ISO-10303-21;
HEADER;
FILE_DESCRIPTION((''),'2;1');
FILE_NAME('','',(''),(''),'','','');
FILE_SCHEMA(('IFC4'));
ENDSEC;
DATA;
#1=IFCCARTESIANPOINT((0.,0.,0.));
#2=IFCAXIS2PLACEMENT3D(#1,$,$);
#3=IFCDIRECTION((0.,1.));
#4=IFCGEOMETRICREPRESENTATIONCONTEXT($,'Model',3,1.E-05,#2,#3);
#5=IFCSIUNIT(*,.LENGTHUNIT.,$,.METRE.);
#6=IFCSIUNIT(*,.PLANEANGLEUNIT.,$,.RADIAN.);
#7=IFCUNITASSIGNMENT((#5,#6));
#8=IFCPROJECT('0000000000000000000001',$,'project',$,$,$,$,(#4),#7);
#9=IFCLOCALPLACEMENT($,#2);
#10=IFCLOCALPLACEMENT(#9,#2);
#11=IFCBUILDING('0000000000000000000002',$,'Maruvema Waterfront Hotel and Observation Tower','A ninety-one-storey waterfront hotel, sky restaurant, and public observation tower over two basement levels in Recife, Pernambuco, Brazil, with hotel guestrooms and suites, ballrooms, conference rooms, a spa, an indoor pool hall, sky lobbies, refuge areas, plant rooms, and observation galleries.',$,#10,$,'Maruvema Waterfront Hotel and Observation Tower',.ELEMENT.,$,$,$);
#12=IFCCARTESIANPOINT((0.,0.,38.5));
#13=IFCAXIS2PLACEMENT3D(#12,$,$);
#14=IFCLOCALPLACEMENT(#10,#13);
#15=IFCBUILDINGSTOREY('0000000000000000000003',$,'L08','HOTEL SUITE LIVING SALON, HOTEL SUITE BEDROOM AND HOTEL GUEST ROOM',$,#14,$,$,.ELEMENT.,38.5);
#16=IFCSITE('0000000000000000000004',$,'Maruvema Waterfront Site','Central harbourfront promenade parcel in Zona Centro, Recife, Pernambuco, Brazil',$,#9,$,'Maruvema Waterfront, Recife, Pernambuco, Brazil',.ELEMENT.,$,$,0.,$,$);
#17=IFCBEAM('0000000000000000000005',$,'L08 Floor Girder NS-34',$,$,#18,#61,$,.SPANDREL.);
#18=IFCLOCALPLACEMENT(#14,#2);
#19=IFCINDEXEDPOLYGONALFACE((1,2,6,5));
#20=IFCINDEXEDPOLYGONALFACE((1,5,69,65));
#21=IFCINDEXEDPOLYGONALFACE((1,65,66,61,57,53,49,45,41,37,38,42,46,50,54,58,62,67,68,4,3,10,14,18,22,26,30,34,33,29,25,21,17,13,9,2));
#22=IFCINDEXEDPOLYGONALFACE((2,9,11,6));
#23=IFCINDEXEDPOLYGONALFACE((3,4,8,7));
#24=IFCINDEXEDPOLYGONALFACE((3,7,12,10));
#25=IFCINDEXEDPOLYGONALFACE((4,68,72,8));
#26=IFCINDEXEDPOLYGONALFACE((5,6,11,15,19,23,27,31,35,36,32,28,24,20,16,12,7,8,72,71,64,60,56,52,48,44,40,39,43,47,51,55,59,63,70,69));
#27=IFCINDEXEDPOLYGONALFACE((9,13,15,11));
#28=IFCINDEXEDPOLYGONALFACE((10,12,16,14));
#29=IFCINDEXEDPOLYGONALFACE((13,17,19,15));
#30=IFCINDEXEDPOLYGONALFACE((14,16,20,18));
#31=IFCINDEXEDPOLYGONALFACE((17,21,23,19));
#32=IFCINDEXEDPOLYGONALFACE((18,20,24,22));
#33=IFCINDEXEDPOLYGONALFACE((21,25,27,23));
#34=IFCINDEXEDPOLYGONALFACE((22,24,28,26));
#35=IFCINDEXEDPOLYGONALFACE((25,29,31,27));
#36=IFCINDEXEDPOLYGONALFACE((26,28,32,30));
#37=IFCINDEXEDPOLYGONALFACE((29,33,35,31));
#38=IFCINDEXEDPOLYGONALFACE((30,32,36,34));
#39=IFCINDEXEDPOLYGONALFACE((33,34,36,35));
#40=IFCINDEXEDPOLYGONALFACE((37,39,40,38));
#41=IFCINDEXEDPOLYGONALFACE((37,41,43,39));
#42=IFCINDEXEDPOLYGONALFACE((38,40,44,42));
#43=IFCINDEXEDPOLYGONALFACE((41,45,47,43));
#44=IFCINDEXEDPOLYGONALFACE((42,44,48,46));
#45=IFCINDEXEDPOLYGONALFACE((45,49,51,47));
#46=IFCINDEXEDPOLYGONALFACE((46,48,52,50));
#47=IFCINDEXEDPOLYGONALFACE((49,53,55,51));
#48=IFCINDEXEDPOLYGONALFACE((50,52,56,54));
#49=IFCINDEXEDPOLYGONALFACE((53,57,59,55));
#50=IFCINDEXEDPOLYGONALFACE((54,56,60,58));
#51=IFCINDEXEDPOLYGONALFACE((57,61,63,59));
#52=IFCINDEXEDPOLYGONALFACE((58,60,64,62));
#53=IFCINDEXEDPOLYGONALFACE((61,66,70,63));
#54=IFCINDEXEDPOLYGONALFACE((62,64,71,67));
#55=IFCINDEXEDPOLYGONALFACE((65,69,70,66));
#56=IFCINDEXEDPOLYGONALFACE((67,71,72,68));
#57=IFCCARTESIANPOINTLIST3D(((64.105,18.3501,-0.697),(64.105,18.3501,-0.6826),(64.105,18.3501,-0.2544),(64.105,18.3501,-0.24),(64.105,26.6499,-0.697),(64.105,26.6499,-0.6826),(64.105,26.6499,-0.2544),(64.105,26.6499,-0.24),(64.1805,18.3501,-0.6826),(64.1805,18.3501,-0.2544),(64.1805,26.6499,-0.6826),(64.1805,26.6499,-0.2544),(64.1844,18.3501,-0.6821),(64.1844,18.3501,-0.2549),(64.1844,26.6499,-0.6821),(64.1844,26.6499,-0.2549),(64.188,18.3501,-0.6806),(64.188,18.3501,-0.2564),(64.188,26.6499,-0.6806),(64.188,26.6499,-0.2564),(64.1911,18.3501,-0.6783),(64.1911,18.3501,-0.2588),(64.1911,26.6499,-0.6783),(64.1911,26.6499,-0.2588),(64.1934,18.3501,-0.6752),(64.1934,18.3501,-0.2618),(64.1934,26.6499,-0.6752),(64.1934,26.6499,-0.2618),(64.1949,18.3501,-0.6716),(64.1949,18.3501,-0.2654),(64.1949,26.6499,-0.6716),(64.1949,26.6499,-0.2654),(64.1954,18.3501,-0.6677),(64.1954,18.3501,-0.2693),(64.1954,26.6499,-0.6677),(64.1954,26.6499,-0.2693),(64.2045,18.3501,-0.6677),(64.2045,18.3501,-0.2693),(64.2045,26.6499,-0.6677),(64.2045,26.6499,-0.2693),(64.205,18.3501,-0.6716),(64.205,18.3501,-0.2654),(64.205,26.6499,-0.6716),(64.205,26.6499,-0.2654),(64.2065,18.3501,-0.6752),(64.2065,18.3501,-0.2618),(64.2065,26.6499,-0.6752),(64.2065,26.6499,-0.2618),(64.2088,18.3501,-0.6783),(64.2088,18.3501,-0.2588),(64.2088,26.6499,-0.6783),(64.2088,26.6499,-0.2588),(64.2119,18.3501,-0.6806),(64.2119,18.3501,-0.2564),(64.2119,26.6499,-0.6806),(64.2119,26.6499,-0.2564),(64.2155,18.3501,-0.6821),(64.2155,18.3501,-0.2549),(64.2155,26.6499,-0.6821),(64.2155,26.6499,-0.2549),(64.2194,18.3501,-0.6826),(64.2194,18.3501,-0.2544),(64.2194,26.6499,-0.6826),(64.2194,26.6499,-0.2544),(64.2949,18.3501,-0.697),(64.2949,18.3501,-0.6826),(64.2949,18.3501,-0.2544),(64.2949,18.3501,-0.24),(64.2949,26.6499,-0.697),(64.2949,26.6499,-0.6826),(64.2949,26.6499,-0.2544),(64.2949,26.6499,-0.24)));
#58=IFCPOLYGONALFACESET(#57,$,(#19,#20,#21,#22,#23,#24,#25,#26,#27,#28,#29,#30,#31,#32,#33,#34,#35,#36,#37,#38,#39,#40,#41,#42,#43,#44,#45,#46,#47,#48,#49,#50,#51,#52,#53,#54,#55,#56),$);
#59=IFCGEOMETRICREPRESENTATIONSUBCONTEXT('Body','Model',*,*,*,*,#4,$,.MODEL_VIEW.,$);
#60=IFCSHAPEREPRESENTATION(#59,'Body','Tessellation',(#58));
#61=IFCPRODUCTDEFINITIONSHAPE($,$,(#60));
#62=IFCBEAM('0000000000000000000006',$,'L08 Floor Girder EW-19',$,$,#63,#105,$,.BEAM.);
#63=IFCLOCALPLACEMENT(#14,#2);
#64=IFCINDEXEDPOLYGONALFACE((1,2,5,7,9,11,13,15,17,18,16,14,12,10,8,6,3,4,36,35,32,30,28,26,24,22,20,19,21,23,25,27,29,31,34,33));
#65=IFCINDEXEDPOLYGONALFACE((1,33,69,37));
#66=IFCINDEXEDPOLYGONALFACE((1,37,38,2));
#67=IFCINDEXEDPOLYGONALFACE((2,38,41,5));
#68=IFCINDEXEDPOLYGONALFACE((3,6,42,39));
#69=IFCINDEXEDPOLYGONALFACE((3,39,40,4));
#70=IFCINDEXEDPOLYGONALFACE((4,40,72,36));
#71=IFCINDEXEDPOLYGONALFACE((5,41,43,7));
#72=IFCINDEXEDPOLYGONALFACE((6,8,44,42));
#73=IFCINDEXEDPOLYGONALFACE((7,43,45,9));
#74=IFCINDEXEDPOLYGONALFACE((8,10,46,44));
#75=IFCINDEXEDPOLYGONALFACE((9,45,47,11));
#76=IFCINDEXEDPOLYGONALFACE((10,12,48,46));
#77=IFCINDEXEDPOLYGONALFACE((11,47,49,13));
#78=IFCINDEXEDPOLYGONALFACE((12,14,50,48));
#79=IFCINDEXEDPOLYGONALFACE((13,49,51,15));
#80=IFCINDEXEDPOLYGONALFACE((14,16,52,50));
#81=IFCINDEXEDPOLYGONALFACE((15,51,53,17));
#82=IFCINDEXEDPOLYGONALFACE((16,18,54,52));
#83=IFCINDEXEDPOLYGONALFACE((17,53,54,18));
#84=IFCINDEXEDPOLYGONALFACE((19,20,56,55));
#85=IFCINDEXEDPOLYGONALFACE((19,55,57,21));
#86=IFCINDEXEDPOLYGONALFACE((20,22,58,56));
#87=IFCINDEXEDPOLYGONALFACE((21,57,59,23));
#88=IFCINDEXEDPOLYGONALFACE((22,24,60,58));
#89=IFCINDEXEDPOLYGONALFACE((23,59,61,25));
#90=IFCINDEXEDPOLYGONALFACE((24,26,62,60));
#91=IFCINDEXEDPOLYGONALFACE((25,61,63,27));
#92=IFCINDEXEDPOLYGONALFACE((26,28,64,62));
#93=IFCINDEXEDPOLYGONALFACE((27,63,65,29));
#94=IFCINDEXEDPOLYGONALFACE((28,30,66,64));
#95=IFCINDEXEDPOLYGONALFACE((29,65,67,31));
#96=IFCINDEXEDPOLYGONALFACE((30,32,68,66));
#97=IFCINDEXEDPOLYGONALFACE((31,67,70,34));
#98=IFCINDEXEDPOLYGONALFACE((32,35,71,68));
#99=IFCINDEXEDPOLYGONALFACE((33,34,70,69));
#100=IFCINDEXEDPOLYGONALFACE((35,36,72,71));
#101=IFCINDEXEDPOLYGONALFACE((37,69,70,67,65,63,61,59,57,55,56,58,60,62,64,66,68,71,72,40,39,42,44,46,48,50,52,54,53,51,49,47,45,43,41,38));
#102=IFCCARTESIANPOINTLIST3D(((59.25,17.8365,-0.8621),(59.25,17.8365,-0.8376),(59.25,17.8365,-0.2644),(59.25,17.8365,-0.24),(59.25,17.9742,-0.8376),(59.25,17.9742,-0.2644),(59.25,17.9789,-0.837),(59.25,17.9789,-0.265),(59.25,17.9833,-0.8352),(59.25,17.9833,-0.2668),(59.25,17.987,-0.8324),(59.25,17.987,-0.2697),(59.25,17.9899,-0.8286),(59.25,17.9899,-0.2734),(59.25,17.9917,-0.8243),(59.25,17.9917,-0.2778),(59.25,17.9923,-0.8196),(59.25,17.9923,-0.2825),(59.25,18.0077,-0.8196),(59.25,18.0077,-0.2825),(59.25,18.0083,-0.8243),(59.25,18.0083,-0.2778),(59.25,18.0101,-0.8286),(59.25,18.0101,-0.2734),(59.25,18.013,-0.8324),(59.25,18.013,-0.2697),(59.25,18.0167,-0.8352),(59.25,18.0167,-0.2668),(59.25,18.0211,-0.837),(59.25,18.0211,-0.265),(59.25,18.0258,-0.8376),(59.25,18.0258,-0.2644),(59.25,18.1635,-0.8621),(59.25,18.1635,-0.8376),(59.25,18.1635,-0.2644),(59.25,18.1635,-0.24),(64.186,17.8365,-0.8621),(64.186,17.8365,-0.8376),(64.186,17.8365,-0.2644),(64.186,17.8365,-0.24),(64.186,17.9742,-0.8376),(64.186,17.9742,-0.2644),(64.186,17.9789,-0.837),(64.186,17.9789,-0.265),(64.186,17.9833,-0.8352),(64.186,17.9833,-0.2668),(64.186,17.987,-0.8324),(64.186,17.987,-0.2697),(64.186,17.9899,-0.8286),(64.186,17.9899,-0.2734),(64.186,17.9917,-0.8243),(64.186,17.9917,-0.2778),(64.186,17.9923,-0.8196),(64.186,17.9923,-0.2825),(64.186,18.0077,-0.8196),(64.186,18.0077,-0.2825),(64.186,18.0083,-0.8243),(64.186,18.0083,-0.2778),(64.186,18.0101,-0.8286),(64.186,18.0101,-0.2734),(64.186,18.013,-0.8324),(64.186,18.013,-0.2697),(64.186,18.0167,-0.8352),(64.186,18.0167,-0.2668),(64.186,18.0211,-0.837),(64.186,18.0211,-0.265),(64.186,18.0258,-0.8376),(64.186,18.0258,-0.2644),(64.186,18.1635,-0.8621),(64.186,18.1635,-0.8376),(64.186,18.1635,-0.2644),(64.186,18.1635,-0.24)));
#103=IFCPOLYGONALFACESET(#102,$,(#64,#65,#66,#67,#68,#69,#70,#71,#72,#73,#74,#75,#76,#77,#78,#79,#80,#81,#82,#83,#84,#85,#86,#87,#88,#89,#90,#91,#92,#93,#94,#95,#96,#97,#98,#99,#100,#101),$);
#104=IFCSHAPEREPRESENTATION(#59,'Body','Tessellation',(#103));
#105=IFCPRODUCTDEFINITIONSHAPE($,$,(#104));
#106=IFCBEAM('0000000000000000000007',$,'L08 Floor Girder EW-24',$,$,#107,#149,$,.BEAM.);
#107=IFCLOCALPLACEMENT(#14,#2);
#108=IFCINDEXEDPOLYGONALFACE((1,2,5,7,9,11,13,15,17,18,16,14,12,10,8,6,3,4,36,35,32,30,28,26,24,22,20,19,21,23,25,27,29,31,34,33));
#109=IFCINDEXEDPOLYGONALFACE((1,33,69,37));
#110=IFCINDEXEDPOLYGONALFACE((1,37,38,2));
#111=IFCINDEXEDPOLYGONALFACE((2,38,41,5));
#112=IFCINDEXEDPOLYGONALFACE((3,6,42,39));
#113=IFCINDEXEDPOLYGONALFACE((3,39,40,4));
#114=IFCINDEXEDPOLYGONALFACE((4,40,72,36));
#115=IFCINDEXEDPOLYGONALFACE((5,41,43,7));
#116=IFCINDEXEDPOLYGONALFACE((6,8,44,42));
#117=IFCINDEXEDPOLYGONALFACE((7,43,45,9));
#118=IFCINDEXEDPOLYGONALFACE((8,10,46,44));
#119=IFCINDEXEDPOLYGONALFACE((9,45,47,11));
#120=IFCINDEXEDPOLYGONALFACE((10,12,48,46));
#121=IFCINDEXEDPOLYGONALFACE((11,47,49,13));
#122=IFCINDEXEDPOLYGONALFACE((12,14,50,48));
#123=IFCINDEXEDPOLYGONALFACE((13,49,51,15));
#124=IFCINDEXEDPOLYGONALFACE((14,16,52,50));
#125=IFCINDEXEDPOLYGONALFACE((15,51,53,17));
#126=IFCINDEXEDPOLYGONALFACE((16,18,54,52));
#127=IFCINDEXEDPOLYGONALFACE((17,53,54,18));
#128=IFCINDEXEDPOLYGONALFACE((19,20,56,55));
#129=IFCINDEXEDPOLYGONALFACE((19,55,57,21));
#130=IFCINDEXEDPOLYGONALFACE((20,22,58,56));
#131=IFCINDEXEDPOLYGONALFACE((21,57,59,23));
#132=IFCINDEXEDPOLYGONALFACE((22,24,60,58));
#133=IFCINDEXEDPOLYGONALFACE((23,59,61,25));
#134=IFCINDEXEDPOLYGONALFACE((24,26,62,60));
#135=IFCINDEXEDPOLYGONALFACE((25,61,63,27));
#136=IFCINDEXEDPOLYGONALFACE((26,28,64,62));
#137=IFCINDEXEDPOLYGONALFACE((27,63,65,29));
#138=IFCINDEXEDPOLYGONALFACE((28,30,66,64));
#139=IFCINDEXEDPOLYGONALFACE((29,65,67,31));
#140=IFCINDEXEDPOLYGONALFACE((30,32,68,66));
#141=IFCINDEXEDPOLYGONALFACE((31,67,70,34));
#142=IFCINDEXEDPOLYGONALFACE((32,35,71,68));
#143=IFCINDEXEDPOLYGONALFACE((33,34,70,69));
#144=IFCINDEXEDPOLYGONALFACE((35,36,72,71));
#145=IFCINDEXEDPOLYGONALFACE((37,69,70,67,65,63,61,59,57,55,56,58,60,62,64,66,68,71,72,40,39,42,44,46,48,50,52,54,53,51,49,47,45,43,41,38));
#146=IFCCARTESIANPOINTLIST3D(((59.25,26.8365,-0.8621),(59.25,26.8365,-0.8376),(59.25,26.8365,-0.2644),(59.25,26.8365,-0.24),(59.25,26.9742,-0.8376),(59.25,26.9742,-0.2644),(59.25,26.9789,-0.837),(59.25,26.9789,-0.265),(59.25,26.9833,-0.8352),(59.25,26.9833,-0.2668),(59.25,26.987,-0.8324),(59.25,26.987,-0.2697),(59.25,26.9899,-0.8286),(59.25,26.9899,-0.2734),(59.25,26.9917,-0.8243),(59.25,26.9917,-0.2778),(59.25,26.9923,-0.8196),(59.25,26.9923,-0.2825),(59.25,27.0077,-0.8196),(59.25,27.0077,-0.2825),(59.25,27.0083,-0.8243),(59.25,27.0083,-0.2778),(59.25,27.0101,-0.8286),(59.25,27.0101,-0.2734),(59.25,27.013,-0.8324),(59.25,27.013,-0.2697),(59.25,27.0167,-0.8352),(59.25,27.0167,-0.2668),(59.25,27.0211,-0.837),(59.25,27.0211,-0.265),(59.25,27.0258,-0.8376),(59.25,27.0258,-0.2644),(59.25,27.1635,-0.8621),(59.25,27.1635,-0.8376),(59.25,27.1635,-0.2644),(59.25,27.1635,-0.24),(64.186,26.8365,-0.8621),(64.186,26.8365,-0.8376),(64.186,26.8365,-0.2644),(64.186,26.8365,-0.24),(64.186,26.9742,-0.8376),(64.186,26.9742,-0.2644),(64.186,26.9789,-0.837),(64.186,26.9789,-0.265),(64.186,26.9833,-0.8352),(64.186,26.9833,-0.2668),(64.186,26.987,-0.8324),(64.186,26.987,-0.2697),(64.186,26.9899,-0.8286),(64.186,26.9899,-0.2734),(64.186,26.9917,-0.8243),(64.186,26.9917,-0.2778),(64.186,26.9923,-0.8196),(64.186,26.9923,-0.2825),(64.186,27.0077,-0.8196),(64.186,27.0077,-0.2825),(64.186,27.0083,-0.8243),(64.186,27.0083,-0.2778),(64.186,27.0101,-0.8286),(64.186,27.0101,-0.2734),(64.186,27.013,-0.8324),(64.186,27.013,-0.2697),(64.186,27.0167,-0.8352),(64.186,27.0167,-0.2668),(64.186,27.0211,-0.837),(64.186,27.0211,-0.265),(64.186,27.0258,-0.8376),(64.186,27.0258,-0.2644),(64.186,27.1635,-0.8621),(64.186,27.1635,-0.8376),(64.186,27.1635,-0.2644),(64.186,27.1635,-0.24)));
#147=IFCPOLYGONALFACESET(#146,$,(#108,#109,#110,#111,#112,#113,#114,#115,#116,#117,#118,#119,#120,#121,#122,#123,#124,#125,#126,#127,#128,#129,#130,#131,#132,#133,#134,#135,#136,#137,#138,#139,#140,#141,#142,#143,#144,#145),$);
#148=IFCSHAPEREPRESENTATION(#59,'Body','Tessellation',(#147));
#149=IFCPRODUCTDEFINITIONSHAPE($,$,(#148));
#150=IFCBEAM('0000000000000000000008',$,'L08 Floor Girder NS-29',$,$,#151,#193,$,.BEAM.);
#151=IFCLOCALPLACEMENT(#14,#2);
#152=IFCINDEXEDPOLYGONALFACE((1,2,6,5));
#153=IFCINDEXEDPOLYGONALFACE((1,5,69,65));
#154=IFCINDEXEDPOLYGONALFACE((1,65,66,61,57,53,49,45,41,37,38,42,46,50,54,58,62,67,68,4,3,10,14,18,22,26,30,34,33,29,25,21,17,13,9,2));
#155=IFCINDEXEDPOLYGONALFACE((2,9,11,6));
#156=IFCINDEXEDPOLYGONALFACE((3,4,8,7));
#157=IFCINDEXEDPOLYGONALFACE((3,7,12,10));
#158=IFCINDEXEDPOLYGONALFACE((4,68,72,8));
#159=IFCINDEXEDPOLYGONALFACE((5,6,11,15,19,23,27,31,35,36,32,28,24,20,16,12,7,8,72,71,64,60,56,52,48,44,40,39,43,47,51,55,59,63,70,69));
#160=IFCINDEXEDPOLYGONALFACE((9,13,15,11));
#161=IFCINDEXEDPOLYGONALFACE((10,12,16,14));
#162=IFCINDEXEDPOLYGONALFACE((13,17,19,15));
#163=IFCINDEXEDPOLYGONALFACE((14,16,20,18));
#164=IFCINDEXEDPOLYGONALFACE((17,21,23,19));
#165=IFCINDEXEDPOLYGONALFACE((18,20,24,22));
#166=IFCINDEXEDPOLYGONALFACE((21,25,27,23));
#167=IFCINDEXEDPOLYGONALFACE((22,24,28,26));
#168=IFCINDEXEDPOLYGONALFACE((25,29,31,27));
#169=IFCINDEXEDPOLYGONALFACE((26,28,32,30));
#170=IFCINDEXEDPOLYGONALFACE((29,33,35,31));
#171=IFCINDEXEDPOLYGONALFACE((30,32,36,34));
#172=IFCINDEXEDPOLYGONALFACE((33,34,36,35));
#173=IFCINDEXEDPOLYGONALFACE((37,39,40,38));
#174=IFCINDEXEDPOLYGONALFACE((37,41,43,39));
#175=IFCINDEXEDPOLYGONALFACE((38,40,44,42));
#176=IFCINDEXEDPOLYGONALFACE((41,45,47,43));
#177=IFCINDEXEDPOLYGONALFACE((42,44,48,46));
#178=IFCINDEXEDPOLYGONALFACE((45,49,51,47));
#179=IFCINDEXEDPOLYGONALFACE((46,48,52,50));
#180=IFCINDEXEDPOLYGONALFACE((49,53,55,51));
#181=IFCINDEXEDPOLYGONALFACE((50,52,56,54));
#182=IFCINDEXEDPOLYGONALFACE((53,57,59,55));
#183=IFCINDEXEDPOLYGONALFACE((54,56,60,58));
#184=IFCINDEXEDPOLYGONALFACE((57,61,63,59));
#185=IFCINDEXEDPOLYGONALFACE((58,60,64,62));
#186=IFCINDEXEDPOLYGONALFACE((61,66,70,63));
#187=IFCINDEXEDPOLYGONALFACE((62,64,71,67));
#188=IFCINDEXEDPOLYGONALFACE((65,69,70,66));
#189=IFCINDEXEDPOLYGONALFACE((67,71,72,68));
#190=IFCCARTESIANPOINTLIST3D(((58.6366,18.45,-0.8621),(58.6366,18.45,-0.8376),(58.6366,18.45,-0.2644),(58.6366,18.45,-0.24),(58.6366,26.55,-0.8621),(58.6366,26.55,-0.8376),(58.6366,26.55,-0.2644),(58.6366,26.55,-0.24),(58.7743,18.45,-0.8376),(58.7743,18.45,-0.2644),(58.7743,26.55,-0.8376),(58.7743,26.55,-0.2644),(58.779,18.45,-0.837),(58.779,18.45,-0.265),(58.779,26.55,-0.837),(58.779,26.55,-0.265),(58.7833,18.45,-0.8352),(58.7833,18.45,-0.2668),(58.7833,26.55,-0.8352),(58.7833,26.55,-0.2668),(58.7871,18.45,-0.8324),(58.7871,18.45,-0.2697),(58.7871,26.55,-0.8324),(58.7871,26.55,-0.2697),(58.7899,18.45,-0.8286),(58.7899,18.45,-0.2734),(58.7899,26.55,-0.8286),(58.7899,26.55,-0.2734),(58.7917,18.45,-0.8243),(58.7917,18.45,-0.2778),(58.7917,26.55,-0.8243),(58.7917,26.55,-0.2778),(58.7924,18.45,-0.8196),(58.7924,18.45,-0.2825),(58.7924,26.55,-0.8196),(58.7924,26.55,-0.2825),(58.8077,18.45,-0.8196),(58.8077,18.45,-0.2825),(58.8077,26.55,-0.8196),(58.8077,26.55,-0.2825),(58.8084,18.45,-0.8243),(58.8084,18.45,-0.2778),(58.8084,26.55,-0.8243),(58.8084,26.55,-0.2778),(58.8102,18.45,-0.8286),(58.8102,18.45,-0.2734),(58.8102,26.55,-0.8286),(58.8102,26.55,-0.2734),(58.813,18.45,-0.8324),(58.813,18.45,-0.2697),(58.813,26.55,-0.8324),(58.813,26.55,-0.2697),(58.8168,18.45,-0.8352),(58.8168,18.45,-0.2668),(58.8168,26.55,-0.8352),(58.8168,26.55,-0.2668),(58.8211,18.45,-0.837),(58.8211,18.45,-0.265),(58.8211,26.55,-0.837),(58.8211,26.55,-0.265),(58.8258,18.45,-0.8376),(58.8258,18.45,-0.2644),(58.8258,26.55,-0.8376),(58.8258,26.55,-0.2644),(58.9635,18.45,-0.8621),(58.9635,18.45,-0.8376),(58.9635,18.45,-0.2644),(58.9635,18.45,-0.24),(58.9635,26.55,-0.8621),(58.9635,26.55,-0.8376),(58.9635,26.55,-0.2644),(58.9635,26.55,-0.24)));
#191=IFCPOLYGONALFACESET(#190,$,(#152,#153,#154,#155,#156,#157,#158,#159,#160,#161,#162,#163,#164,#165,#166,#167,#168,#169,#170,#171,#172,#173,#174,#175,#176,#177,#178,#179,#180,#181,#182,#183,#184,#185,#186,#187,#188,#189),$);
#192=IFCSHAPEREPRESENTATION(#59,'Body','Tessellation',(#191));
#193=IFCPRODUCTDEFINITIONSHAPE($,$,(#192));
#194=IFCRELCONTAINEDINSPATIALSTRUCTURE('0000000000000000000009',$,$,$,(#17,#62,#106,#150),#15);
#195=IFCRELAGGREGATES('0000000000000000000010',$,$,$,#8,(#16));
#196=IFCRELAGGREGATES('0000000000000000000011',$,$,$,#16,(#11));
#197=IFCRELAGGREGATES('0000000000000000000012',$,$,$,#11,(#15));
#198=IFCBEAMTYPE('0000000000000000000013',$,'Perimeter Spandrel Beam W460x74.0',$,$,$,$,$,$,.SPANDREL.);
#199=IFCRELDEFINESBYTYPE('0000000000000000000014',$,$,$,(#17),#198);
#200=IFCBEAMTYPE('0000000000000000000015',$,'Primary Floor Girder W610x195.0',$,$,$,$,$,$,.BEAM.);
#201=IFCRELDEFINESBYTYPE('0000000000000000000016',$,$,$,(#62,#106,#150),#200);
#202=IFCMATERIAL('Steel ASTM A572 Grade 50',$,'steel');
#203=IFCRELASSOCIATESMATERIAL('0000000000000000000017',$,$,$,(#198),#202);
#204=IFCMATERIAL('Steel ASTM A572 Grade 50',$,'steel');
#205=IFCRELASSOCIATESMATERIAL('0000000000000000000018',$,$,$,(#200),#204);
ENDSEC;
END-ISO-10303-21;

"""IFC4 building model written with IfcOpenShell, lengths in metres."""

from ifc_helpers import new_model, si_unit, direction, frame, origin, origin_2d, place, context, subcontext, project, spatial, i_section, extrude, material, material_profile, profile_set, type_object, element, save


model = new_model("IFC4")

# Units and contexts
model_context = context("Model", 3, precision=1e-05, world=origin(), true_north=direction((0.0, 1.0)))
body_context = subcontext(model_context, "Body", "Model", "MODEL_VIEW")
ifc_project = project(units=[si_unit("LENGTHUNIT", "METRE"), si_unit("PLANEANGLEUNIT", "RADIAN")], contexts=[model_context])

# Site, building, storey
site_placement = place(None, origin())
site = spatial("IfcSite", under=ifc_project, at=site_placement, Name="Maruvema Waterfront Site", Description="Central harbourfront promenade parcel in Zona Centro, Recife, Pernambuco, Brazil", LongName="Maruvema Waterfront, Recife, Pernambuco, Brazil", CompositionType="ELEMENT", RefElevation=0.0)
building_placement = place(site_placement, origin())
building = spatial("IfcBuilding", under=site, at=building_placement, Name="Maruvema Waterfront Hotel and Observation Tower", Description="A ninety-one-storey waterfront hotel, sky restaurant, and public observation tower over two basement levels in Recife, Pernambuco, Brazil, with hotel guestrooms and suites, ballrooms, conference rooms, a spa, an indoor pool hall, sky lobbies, refuge areas, plant rooms, and observation galleries.", LongName="Maruvema Waterfront Hotel and Observation Tower", CompositionType="ELEMENT")
storey_placement = place(building_placement, frame((0.0, 0.0, 38.5)))
storey = spatial("IfcBuildingStorey", under=building, at=storey_placement, Name="L08", Description="HOTEL SUITE LIVING SALON, HOTEL SUITE BEDROOM AND HOTEL GUEST ROOM", CompositionType="ELEMENT", Elevation=38.5)

# Beams
ifc_material_1 = material(Name="Steel ASTM A572 Grade 50", Category="steel")
ifc_material_profile_1 = material_profile(ifc_material_1, i_section(OverallWidth=0.1899, OverallDepth=0.457, WebThickness=0.009, FlangeThickness=0.0144, FilletRadius=0.0149, at=origin_2d()), Name="W460x74.0")
ifc_profile_set_1 = profile_set([ifc_material_profile_1], Name="Steel ASTM A572 Grade 50")
beam_type_1 = type_object("IfcBeamType", Name="Perimeter Spandrel Beam W460x74.0", PredefinedType="SPANDREL", material=ifc_profile_set_1)
beam_1_placement = place(storey_placement, frame((64.2, 18.3501, -0.4685), z_axis=(0.0, 1.0, 0.0), x_axis=(-1.0, 0.0, 0.0)))
element("IfcBeam", 1, at=beam_1_placement, inside=storey, type_object=beam_type_1, Name="L08 Floor Girder NS-34", PredefinedType="SPANDREL", context=body_context, shape_type="SweptSolid", body=[
    extrude(i_section(OverallWidth=0.1899, OverallDepth=0.457, WebThickness=0.009, FlangeThickness=0.0144, FilletRadius=0.0149, at=origin_2d()), origin(), (0.0, 0.0, 1.0), 8.2998),
])
ifc_material_2 = material(Name="Steel ASTM A572 Grade 50", Category="steel")
ifc_material_profile_2 = material_profile(ifc_material_2, i_section(OverallWidth=0.3269, OverallDepth=0.6221, WebThickness=0.0154, FlangeThickness=0.0244, FilletRadius=0.0181, at=origin_2d()), Name="W610x195.0")
ifc_profile_set_2 = profile_set([ifc_material_profile_2], Name="Steel ASTM A572 Grade 50")
beam_type_2 = type_object("IfcBeamType", Name="Primary Floor Girder W610x195.0", PredefinedType="BEAM", material=ifc_profile_set_2)
for number, where, z_axis, x_axis, name in (
    (2, (59.25, 18.0, -0.551), (1.0, 0.0, 0.0), (0.0, 1.0, 0.0), "L08 Floor Girder EW-19"),
    (3, (59.25, 27.0, -0.551), (1.0, 0.0, 0.0), (0.0, 1.0, 0.0), "L08 Floor Girder EW-24"),
):
    element("IfcBeam", number, at=place(storey_placement, frame(where, z_axis=z_axis, x_axis=x_axis)), inside=storey, type_object=beam_type_2, Name=name, PredefinedType="BEAM", context=body_context, shape_type="SweptSolid", body=[
        extrude(i_section(OverallWidth=0.3269, OverallDepth=0.6221, WebThickness=0.0154, FlangeThickness=0.0244, FilletRadius=0.0181, at=origin_2d()), origin(), (0.0, 0.0, 1.0), 4.936),
    ])
beam_2_placement = place(storey_placement, frame((58.8, 18.45, -0.551), z_axis=(0.0, 1.0, 0.0), x_axis=(-1.0, 0.0, 0.0)))
element("IfcBeam", 4, at=beam_2_placement, inside=storey, type_object=beam_type_2, Name="L08 Floor Girder NS-29", PredefinedType="BEAM", context=body_context, shape_type="SweptSolid", body=[
    extrude(i_section(OverallWidth=0.3269, OverallDepth=0.6221, WebThickness=0.0154, FlangeThickness=0.0244, FilletRadius=0.0181, at=origin_2d()), origin(), (0.0, 0.0, 1.0), 8.1001),
])

save(model, "model.ifc")
